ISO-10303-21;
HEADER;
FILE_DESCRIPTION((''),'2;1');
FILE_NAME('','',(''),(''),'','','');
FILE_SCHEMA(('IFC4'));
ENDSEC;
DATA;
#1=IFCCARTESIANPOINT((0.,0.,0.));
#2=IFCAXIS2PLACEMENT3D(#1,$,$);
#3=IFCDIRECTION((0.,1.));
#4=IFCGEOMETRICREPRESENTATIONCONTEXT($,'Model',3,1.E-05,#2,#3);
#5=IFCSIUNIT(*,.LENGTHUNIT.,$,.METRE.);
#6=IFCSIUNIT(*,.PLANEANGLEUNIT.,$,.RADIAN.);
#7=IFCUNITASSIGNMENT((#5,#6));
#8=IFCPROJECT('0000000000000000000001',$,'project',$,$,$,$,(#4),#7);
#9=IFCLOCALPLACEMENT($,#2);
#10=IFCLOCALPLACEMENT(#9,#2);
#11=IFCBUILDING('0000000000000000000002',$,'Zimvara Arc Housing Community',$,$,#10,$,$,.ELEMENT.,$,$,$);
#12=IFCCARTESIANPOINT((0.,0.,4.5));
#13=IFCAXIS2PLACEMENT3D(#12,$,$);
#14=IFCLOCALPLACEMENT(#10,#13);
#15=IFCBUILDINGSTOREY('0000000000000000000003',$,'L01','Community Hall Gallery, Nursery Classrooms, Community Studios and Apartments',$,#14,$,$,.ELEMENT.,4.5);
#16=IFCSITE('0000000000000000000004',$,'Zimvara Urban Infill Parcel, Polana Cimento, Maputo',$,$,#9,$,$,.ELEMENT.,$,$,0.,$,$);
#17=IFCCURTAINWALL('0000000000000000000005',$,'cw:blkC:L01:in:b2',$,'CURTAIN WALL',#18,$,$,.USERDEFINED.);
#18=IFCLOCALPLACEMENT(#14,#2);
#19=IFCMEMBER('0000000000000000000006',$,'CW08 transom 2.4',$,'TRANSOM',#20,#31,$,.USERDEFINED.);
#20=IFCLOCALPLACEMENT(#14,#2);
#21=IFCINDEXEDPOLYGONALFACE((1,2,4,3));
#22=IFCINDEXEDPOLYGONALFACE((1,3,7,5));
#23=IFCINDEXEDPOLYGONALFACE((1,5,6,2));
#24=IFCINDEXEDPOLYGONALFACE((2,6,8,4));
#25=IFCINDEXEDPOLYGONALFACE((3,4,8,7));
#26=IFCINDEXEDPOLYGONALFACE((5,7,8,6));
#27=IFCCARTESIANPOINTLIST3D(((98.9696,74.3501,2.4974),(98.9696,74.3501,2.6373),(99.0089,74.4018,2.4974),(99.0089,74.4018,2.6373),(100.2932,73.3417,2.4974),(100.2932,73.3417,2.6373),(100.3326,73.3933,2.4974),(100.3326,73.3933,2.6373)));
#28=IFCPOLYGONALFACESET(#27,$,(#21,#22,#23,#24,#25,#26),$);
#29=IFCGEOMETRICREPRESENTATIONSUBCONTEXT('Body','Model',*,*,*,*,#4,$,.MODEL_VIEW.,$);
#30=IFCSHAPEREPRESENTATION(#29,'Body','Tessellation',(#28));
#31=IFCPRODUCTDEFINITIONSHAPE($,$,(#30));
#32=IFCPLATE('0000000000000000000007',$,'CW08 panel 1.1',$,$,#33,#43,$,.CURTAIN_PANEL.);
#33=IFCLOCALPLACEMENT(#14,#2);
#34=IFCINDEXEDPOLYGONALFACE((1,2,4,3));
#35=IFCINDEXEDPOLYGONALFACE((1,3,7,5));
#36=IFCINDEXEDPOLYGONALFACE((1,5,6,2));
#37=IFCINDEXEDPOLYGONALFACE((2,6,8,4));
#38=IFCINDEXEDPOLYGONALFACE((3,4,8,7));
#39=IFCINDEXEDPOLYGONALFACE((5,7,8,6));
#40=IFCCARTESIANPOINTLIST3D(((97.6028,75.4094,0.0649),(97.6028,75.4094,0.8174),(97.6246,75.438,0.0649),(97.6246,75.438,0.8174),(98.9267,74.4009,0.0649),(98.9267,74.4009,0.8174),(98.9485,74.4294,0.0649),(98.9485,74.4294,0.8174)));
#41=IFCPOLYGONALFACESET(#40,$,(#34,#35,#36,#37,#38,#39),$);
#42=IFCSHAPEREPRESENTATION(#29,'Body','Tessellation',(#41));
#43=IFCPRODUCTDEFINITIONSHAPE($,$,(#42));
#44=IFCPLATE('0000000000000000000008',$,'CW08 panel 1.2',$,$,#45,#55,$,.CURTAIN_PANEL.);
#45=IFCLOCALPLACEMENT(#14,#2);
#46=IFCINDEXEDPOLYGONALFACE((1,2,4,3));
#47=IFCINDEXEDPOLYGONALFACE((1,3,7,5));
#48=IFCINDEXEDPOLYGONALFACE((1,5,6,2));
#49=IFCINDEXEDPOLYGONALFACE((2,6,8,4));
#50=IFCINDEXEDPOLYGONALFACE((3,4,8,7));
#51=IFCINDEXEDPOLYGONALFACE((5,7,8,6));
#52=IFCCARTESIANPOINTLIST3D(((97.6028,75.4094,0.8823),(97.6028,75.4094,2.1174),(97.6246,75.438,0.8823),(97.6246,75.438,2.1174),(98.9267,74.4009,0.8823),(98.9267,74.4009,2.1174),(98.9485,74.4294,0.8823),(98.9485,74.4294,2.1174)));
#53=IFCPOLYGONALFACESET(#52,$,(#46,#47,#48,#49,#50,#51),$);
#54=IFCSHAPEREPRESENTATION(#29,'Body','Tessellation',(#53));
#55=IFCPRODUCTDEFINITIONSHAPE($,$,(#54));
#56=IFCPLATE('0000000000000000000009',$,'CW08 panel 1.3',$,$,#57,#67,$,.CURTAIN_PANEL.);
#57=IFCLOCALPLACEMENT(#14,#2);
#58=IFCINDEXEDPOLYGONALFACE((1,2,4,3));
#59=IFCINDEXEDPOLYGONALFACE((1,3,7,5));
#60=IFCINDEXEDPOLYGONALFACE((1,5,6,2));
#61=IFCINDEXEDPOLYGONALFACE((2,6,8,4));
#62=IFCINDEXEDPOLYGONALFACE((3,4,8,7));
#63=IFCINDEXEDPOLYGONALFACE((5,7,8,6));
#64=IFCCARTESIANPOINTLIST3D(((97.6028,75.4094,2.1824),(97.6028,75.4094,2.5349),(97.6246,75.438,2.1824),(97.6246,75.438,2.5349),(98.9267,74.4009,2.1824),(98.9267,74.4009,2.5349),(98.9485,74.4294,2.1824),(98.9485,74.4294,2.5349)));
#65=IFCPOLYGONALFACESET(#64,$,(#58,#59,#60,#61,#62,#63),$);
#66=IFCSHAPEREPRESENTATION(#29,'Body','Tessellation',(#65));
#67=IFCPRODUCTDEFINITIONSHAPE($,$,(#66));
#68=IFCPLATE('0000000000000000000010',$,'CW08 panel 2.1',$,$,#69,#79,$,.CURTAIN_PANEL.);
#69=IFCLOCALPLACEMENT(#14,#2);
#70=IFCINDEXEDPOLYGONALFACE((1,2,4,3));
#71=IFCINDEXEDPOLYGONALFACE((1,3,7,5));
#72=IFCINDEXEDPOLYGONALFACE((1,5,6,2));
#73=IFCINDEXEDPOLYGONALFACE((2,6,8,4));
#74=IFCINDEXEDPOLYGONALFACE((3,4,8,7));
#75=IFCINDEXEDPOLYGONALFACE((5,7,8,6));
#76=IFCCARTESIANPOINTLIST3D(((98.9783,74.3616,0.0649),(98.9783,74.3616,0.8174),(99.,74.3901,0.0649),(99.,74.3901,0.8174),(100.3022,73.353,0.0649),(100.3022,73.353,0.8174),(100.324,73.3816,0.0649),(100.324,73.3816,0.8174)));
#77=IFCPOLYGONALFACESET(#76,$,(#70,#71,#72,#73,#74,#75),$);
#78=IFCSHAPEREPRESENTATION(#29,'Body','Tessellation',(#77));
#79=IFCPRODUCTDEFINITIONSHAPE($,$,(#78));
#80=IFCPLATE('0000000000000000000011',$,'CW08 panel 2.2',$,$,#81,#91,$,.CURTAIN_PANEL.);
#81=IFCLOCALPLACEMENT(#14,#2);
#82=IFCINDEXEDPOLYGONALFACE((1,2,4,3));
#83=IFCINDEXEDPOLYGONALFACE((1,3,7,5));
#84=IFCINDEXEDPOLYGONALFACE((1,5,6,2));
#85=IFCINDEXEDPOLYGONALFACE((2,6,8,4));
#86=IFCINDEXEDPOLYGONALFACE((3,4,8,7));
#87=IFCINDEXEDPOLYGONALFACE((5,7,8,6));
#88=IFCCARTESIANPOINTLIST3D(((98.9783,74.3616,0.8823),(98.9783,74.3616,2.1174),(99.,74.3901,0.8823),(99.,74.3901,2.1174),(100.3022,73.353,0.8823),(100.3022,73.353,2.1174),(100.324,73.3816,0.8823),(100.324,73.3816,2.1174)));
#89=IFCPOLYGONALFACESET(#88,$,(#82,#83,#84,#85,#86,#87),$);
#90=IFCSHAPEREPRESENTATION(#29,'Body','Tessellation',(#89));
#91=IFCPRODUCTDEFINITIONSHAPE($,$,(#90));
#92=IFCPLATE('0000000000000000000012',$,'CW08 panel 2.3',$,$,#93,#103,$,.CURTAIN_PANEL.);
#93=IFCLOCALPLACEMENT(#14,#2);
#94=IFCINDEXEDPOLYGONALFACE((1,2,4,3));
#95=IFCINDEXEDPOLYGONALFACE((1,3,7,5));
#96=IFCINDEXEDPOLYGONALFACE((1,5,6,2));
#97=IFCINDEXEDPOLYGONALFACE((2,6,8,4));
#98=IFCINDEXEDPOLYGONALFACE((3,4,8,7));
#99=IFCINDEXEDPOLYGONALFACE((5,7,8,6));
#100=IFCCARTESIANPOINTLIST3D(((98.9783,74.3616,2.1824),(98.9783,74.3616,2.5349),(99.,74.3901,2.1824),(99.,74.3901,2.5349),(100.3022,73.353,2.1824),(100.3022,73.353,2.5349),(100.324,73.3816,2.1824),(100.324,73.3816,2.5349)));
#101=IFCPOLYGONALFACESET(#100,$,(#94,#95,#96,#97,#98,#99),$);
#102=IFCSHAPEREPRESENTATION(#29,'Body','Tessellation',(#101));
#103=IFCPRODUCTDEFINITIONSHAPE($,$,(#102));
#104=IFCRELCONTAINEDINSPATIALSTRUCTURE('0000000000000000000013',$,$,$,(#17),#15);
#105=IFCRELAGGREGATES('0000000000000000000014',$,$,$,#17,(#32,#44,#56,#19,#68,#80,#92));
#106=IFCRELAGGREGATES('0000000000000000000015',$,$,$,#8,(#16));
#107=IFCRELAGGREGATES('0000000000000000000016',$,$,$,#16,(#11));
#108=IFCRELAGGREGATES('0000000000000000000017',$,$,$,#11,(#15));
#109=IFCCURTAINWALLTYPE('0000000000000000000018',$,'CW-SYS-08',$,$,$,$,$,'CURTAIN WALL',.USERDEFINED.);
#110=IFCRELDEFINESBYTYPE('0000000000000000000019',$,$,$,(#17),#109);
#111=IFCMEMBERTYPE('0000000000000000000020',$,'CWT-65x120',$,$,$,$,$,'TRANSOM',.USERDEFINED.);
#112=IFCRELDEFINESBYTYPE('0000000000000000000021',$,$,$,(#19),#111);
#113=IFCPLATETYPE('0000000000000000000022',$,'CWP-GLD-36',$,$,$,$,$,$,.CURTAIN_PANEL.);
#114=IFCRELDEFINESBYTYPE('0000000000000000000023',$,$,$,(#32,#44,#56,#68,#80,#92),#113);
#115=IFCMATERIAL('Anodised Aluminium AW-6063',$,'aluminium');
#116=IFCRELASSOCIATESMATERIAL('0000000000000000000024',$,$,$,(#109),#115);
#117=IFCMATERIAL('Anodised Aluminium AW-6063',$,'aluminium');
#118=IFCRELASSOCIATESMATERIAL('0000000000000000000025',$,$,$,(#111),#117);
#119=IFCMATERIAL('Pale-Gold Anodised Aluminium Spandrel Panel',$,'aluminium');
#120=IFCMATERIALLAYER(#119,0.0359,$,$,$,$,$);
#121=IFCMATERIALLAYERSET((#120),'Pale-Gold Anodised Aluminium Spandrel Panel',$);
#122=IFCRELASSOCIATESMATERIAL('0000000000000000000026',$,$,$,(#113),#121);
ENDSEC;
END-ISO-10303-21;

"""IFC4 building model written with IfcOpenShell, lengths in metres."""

from ifc_helpers import new_model, si_unit, direction, frame, origin, origin_2d, place, context, subcontext, project, spatial, rectangle, extrude, material, layer, layer_set, material_profile, profile_set, type_object, element, aggregate, save


model = new_model("IFC4")

# Units and contexts
model_context = context("Model", 3, precision=1e-05, world=origin(), true_north=direction((0.0, 1.0)))
body_context = subcontext(model_context, "Body", "Model", "MODEL_VIEW")
ifc_project = project(units=[si_unit("LENGTHUNIT", "METRE"), si_unit("PLANEANGLEUNIT", "RADIAN")], contexts=[model_context])

# Site, building, storey
site_placement = place(None, origin())
site = spatial("IfcSite", under=ifc_project, at=site_placement, Name="Zimvara Urban Infill Parcel, Polana Cimento, Maputo", CompositionType="ELEMENT", RefElevation=0.0)
building_placement = place(site_placement, origin())
building = spatial("IfcBuilding", under=site, at=building_placement, Name="Zimvara Arc Housing Community", CompositionType="ELEMENT")
storey_placement = place(building_placement, frame((0.0, 0.0, 4.5)))
storey = spatial("IfcBuildingStorey", under=building, at=storey_placement, Name="L01", Description="Community Hall Gallery, Nursery Classrooms, Community Studios and Apartments", CompositionType="ELEMENT", Elevation=4.5)

# Curtain wall, member, plates
ifc_material_1 = material(Name="Anodised Aluminium AW-6063", Category="aluminium")
curtain_wall_type = type_object("IfcCurtainWallType", Name="CW-SYS-08", ElementType="CURTAIN WALL", PredefinedType="USERDEFINED", material=ifc_material_1)
curtain_wall_placement = place(storey_placement, origin())
curtain_wall = element("IfcCurtainWall", 1, at=curtain_wall_placement, inside=storey, type_object=curtain_wall_type, Name="cw:blkC:L01:in:b2", ObjectType="CURTAIN WALL", PredefinedType="USERDEFINED")
ifc_material_2 = material(Name="Anodised Aluminium AW-6063", Category="aluminium")
ifc_material_profile_1 = material_profile(ifc_material_2, rectangle(XDim=0.0649, YDim=0.1399, at=origin_2d()), Name="ALU 65x140")
ifc_profile_set_1 = profile_set([ifc_material_profile_1], Name="Anodised Aluminium AW-6063")
member_type_1 = type_object("IfcMemberType", Name="CWT-65x120", ElementType="TRANSOM", PredefinedType="USERDEFINED", material=ifc_profile_set_1)
member_1_placement = place(storey_placement, frame((98.9893, 74.376, 2.5674), z_axis=(0.795435, -0.606039, 0.0), x_axis=(0.606039, 0.795435, 0.0)))
member_1 = element("IfcMember", 2, at=member_1_placement, type_object=member_type_1, Name="CW08 transom 2.4", ObjectType="TRANSOM", PredefinedType="USERDEFINED", context=body_context, shape_type="SweptSolid", body=[
    extrude(rectangle(XDim=0.0649, YDim=0.1399, at=origin_2d()), origin(), (0.0, 0.0, 1.0), 1.6641),
])
ifc_material_3 = material(Name="Pale-Gold Anodised Aluminium Spandrel Panel", Category="aluminium")
ifc_layer = layer(ifc_material_3, 0.0359)
ifc_layer_set = layer_set([ifc_layer], Name="Pale-Gold Anodised Aluminium Spandrel Panel")
plate_type = type_object("IfcPlateType", Name="CWP-GLD-36", PredefinedType="CURTAIN_PANEL", material=ifc_layer_set)
plate_1_placement = place(storey_placement, frame((98.2756, 74.9194, 0.0649), z_axis=(0.0, 0.0, 1.0), x_axis=(0.795474, -0.605988, 0.0)))
plate_1 = element("IfcPlate", 3, at=plate_1_placement, type_object=plate_type, Name="CW08 panel 1.1", PredefinedType="CURTAIN_PANEL", context=body_context, shape_type="SweptSolid", body=[
    extrude(rectangle(XDim=1.6643, YDim=0.0359, at=origin_2d()), origin(), (0.0, 0.0, 1.0), 0.7524),
])
plate_2_placement = place(storey_placement, frame((98.2756, 74.9194, 0.8823), z_axis=(0.0, 0.0, 1.0), x_axis=(0.795474, -0.605988, 0.0)))
plate_2 = element("IfcPlate", 4, at=plate_2_placement, type_object=plate_type, Name="CW08 panel 1.2", PredefinedType="CURTAIN_PANEL", context=body_context, shape_type="SweptSolid", body=[
    extrude(rectangle(XDim=1.6643, YDim=0.0359, at=origin_2d()), origin(), (0.0, 0.0, 1.0), 1.2351),
])
plate_3_placement = place(storey_placement, frame((98.2756, 74.9194, 2.1824), z_axis=(0.0, 0.0, 1.0), x_axis=(0.795474, -0.605988, 0.0)))
plate_3 = element("IfcPlate", 5, at=plate_3_placement, type_object=plate_type, Name="CW08 panel 1.3", PredefinedType="CURTAIN_PANEL", context=body_context, shape_type="SweptSolid", body=[
    extrude(rectangle(XDim=1.6643, YDim=0.0359, at=origin_2d()), origin(), (0.0, 0.0, 1.0), 0.3525),
])
plate_4_placement = place(storey_placement, frame((99.6511, 73.8716, 0.0649), z_axis=(0.0, 0.0, 1.0), x_axis=(0.795474, -0.605988, 0.0)))
plate_4 = element("IfcPlate", 6, at=plate_4_placement, type_object=plate_type, Name="CW08 panel 2.1", PredefinedType="CURTAIN_PANEL", context=body_context, shape_type="SweptSolid", body=[
    extrude(rectangle(XDim=1.6643, YDim=0.0359, at=origin_2d()), origin(), (0.0, 0.0, 1.0), 0.7524),
])
plate_5_placement = place(storey_placement, frame((99.6511, 73.8716, 0.8823), z_axis=(0.0, 0.0, 1.0), x_axis=(0.795474, -0.605988, 0.0)))
plate_5 = element("IfcPlate", 7, at=plate_5_placement, type_object=plate_type, Name="CW08 panel 2.2", PredefinedType="CURTAIN_PANEL", context=body_context, shape_type="SweptSolid", body=[
    extrude(rectangle(XDim=1.6643, YDim=0.0359, at=origin_2d()), origin(), (0.0, 0.0, 1.0), 1.2351),
])
plate_6_placement = place(storey_placement, frame((99.6511, 73.8716, 2.1824), z_axis=(0.0, 0.0, 1.0), x_axis=(0.795474, -0.605988, 0.0)))
plate_6 = element("IfcPlate", 8, at=plate_6_placement, type_object=plate_type, Name="CW08 panel 2.3", PredefinedType="CURTAIN_PANEL", context=body_context, shape_type="SweptSolid", body=[
    extrude(rectangle(XDim=1.6643, YDim=0.0359, at=origin_2d()), origin(), (0.0, 0.0, 1.0), 0.3525),
])
aggregate(curtain_wall, [plate_1, plate_2, plate_3, member_1, plate_4, plate_5, plate_6])

save(model, "model.ifc")
